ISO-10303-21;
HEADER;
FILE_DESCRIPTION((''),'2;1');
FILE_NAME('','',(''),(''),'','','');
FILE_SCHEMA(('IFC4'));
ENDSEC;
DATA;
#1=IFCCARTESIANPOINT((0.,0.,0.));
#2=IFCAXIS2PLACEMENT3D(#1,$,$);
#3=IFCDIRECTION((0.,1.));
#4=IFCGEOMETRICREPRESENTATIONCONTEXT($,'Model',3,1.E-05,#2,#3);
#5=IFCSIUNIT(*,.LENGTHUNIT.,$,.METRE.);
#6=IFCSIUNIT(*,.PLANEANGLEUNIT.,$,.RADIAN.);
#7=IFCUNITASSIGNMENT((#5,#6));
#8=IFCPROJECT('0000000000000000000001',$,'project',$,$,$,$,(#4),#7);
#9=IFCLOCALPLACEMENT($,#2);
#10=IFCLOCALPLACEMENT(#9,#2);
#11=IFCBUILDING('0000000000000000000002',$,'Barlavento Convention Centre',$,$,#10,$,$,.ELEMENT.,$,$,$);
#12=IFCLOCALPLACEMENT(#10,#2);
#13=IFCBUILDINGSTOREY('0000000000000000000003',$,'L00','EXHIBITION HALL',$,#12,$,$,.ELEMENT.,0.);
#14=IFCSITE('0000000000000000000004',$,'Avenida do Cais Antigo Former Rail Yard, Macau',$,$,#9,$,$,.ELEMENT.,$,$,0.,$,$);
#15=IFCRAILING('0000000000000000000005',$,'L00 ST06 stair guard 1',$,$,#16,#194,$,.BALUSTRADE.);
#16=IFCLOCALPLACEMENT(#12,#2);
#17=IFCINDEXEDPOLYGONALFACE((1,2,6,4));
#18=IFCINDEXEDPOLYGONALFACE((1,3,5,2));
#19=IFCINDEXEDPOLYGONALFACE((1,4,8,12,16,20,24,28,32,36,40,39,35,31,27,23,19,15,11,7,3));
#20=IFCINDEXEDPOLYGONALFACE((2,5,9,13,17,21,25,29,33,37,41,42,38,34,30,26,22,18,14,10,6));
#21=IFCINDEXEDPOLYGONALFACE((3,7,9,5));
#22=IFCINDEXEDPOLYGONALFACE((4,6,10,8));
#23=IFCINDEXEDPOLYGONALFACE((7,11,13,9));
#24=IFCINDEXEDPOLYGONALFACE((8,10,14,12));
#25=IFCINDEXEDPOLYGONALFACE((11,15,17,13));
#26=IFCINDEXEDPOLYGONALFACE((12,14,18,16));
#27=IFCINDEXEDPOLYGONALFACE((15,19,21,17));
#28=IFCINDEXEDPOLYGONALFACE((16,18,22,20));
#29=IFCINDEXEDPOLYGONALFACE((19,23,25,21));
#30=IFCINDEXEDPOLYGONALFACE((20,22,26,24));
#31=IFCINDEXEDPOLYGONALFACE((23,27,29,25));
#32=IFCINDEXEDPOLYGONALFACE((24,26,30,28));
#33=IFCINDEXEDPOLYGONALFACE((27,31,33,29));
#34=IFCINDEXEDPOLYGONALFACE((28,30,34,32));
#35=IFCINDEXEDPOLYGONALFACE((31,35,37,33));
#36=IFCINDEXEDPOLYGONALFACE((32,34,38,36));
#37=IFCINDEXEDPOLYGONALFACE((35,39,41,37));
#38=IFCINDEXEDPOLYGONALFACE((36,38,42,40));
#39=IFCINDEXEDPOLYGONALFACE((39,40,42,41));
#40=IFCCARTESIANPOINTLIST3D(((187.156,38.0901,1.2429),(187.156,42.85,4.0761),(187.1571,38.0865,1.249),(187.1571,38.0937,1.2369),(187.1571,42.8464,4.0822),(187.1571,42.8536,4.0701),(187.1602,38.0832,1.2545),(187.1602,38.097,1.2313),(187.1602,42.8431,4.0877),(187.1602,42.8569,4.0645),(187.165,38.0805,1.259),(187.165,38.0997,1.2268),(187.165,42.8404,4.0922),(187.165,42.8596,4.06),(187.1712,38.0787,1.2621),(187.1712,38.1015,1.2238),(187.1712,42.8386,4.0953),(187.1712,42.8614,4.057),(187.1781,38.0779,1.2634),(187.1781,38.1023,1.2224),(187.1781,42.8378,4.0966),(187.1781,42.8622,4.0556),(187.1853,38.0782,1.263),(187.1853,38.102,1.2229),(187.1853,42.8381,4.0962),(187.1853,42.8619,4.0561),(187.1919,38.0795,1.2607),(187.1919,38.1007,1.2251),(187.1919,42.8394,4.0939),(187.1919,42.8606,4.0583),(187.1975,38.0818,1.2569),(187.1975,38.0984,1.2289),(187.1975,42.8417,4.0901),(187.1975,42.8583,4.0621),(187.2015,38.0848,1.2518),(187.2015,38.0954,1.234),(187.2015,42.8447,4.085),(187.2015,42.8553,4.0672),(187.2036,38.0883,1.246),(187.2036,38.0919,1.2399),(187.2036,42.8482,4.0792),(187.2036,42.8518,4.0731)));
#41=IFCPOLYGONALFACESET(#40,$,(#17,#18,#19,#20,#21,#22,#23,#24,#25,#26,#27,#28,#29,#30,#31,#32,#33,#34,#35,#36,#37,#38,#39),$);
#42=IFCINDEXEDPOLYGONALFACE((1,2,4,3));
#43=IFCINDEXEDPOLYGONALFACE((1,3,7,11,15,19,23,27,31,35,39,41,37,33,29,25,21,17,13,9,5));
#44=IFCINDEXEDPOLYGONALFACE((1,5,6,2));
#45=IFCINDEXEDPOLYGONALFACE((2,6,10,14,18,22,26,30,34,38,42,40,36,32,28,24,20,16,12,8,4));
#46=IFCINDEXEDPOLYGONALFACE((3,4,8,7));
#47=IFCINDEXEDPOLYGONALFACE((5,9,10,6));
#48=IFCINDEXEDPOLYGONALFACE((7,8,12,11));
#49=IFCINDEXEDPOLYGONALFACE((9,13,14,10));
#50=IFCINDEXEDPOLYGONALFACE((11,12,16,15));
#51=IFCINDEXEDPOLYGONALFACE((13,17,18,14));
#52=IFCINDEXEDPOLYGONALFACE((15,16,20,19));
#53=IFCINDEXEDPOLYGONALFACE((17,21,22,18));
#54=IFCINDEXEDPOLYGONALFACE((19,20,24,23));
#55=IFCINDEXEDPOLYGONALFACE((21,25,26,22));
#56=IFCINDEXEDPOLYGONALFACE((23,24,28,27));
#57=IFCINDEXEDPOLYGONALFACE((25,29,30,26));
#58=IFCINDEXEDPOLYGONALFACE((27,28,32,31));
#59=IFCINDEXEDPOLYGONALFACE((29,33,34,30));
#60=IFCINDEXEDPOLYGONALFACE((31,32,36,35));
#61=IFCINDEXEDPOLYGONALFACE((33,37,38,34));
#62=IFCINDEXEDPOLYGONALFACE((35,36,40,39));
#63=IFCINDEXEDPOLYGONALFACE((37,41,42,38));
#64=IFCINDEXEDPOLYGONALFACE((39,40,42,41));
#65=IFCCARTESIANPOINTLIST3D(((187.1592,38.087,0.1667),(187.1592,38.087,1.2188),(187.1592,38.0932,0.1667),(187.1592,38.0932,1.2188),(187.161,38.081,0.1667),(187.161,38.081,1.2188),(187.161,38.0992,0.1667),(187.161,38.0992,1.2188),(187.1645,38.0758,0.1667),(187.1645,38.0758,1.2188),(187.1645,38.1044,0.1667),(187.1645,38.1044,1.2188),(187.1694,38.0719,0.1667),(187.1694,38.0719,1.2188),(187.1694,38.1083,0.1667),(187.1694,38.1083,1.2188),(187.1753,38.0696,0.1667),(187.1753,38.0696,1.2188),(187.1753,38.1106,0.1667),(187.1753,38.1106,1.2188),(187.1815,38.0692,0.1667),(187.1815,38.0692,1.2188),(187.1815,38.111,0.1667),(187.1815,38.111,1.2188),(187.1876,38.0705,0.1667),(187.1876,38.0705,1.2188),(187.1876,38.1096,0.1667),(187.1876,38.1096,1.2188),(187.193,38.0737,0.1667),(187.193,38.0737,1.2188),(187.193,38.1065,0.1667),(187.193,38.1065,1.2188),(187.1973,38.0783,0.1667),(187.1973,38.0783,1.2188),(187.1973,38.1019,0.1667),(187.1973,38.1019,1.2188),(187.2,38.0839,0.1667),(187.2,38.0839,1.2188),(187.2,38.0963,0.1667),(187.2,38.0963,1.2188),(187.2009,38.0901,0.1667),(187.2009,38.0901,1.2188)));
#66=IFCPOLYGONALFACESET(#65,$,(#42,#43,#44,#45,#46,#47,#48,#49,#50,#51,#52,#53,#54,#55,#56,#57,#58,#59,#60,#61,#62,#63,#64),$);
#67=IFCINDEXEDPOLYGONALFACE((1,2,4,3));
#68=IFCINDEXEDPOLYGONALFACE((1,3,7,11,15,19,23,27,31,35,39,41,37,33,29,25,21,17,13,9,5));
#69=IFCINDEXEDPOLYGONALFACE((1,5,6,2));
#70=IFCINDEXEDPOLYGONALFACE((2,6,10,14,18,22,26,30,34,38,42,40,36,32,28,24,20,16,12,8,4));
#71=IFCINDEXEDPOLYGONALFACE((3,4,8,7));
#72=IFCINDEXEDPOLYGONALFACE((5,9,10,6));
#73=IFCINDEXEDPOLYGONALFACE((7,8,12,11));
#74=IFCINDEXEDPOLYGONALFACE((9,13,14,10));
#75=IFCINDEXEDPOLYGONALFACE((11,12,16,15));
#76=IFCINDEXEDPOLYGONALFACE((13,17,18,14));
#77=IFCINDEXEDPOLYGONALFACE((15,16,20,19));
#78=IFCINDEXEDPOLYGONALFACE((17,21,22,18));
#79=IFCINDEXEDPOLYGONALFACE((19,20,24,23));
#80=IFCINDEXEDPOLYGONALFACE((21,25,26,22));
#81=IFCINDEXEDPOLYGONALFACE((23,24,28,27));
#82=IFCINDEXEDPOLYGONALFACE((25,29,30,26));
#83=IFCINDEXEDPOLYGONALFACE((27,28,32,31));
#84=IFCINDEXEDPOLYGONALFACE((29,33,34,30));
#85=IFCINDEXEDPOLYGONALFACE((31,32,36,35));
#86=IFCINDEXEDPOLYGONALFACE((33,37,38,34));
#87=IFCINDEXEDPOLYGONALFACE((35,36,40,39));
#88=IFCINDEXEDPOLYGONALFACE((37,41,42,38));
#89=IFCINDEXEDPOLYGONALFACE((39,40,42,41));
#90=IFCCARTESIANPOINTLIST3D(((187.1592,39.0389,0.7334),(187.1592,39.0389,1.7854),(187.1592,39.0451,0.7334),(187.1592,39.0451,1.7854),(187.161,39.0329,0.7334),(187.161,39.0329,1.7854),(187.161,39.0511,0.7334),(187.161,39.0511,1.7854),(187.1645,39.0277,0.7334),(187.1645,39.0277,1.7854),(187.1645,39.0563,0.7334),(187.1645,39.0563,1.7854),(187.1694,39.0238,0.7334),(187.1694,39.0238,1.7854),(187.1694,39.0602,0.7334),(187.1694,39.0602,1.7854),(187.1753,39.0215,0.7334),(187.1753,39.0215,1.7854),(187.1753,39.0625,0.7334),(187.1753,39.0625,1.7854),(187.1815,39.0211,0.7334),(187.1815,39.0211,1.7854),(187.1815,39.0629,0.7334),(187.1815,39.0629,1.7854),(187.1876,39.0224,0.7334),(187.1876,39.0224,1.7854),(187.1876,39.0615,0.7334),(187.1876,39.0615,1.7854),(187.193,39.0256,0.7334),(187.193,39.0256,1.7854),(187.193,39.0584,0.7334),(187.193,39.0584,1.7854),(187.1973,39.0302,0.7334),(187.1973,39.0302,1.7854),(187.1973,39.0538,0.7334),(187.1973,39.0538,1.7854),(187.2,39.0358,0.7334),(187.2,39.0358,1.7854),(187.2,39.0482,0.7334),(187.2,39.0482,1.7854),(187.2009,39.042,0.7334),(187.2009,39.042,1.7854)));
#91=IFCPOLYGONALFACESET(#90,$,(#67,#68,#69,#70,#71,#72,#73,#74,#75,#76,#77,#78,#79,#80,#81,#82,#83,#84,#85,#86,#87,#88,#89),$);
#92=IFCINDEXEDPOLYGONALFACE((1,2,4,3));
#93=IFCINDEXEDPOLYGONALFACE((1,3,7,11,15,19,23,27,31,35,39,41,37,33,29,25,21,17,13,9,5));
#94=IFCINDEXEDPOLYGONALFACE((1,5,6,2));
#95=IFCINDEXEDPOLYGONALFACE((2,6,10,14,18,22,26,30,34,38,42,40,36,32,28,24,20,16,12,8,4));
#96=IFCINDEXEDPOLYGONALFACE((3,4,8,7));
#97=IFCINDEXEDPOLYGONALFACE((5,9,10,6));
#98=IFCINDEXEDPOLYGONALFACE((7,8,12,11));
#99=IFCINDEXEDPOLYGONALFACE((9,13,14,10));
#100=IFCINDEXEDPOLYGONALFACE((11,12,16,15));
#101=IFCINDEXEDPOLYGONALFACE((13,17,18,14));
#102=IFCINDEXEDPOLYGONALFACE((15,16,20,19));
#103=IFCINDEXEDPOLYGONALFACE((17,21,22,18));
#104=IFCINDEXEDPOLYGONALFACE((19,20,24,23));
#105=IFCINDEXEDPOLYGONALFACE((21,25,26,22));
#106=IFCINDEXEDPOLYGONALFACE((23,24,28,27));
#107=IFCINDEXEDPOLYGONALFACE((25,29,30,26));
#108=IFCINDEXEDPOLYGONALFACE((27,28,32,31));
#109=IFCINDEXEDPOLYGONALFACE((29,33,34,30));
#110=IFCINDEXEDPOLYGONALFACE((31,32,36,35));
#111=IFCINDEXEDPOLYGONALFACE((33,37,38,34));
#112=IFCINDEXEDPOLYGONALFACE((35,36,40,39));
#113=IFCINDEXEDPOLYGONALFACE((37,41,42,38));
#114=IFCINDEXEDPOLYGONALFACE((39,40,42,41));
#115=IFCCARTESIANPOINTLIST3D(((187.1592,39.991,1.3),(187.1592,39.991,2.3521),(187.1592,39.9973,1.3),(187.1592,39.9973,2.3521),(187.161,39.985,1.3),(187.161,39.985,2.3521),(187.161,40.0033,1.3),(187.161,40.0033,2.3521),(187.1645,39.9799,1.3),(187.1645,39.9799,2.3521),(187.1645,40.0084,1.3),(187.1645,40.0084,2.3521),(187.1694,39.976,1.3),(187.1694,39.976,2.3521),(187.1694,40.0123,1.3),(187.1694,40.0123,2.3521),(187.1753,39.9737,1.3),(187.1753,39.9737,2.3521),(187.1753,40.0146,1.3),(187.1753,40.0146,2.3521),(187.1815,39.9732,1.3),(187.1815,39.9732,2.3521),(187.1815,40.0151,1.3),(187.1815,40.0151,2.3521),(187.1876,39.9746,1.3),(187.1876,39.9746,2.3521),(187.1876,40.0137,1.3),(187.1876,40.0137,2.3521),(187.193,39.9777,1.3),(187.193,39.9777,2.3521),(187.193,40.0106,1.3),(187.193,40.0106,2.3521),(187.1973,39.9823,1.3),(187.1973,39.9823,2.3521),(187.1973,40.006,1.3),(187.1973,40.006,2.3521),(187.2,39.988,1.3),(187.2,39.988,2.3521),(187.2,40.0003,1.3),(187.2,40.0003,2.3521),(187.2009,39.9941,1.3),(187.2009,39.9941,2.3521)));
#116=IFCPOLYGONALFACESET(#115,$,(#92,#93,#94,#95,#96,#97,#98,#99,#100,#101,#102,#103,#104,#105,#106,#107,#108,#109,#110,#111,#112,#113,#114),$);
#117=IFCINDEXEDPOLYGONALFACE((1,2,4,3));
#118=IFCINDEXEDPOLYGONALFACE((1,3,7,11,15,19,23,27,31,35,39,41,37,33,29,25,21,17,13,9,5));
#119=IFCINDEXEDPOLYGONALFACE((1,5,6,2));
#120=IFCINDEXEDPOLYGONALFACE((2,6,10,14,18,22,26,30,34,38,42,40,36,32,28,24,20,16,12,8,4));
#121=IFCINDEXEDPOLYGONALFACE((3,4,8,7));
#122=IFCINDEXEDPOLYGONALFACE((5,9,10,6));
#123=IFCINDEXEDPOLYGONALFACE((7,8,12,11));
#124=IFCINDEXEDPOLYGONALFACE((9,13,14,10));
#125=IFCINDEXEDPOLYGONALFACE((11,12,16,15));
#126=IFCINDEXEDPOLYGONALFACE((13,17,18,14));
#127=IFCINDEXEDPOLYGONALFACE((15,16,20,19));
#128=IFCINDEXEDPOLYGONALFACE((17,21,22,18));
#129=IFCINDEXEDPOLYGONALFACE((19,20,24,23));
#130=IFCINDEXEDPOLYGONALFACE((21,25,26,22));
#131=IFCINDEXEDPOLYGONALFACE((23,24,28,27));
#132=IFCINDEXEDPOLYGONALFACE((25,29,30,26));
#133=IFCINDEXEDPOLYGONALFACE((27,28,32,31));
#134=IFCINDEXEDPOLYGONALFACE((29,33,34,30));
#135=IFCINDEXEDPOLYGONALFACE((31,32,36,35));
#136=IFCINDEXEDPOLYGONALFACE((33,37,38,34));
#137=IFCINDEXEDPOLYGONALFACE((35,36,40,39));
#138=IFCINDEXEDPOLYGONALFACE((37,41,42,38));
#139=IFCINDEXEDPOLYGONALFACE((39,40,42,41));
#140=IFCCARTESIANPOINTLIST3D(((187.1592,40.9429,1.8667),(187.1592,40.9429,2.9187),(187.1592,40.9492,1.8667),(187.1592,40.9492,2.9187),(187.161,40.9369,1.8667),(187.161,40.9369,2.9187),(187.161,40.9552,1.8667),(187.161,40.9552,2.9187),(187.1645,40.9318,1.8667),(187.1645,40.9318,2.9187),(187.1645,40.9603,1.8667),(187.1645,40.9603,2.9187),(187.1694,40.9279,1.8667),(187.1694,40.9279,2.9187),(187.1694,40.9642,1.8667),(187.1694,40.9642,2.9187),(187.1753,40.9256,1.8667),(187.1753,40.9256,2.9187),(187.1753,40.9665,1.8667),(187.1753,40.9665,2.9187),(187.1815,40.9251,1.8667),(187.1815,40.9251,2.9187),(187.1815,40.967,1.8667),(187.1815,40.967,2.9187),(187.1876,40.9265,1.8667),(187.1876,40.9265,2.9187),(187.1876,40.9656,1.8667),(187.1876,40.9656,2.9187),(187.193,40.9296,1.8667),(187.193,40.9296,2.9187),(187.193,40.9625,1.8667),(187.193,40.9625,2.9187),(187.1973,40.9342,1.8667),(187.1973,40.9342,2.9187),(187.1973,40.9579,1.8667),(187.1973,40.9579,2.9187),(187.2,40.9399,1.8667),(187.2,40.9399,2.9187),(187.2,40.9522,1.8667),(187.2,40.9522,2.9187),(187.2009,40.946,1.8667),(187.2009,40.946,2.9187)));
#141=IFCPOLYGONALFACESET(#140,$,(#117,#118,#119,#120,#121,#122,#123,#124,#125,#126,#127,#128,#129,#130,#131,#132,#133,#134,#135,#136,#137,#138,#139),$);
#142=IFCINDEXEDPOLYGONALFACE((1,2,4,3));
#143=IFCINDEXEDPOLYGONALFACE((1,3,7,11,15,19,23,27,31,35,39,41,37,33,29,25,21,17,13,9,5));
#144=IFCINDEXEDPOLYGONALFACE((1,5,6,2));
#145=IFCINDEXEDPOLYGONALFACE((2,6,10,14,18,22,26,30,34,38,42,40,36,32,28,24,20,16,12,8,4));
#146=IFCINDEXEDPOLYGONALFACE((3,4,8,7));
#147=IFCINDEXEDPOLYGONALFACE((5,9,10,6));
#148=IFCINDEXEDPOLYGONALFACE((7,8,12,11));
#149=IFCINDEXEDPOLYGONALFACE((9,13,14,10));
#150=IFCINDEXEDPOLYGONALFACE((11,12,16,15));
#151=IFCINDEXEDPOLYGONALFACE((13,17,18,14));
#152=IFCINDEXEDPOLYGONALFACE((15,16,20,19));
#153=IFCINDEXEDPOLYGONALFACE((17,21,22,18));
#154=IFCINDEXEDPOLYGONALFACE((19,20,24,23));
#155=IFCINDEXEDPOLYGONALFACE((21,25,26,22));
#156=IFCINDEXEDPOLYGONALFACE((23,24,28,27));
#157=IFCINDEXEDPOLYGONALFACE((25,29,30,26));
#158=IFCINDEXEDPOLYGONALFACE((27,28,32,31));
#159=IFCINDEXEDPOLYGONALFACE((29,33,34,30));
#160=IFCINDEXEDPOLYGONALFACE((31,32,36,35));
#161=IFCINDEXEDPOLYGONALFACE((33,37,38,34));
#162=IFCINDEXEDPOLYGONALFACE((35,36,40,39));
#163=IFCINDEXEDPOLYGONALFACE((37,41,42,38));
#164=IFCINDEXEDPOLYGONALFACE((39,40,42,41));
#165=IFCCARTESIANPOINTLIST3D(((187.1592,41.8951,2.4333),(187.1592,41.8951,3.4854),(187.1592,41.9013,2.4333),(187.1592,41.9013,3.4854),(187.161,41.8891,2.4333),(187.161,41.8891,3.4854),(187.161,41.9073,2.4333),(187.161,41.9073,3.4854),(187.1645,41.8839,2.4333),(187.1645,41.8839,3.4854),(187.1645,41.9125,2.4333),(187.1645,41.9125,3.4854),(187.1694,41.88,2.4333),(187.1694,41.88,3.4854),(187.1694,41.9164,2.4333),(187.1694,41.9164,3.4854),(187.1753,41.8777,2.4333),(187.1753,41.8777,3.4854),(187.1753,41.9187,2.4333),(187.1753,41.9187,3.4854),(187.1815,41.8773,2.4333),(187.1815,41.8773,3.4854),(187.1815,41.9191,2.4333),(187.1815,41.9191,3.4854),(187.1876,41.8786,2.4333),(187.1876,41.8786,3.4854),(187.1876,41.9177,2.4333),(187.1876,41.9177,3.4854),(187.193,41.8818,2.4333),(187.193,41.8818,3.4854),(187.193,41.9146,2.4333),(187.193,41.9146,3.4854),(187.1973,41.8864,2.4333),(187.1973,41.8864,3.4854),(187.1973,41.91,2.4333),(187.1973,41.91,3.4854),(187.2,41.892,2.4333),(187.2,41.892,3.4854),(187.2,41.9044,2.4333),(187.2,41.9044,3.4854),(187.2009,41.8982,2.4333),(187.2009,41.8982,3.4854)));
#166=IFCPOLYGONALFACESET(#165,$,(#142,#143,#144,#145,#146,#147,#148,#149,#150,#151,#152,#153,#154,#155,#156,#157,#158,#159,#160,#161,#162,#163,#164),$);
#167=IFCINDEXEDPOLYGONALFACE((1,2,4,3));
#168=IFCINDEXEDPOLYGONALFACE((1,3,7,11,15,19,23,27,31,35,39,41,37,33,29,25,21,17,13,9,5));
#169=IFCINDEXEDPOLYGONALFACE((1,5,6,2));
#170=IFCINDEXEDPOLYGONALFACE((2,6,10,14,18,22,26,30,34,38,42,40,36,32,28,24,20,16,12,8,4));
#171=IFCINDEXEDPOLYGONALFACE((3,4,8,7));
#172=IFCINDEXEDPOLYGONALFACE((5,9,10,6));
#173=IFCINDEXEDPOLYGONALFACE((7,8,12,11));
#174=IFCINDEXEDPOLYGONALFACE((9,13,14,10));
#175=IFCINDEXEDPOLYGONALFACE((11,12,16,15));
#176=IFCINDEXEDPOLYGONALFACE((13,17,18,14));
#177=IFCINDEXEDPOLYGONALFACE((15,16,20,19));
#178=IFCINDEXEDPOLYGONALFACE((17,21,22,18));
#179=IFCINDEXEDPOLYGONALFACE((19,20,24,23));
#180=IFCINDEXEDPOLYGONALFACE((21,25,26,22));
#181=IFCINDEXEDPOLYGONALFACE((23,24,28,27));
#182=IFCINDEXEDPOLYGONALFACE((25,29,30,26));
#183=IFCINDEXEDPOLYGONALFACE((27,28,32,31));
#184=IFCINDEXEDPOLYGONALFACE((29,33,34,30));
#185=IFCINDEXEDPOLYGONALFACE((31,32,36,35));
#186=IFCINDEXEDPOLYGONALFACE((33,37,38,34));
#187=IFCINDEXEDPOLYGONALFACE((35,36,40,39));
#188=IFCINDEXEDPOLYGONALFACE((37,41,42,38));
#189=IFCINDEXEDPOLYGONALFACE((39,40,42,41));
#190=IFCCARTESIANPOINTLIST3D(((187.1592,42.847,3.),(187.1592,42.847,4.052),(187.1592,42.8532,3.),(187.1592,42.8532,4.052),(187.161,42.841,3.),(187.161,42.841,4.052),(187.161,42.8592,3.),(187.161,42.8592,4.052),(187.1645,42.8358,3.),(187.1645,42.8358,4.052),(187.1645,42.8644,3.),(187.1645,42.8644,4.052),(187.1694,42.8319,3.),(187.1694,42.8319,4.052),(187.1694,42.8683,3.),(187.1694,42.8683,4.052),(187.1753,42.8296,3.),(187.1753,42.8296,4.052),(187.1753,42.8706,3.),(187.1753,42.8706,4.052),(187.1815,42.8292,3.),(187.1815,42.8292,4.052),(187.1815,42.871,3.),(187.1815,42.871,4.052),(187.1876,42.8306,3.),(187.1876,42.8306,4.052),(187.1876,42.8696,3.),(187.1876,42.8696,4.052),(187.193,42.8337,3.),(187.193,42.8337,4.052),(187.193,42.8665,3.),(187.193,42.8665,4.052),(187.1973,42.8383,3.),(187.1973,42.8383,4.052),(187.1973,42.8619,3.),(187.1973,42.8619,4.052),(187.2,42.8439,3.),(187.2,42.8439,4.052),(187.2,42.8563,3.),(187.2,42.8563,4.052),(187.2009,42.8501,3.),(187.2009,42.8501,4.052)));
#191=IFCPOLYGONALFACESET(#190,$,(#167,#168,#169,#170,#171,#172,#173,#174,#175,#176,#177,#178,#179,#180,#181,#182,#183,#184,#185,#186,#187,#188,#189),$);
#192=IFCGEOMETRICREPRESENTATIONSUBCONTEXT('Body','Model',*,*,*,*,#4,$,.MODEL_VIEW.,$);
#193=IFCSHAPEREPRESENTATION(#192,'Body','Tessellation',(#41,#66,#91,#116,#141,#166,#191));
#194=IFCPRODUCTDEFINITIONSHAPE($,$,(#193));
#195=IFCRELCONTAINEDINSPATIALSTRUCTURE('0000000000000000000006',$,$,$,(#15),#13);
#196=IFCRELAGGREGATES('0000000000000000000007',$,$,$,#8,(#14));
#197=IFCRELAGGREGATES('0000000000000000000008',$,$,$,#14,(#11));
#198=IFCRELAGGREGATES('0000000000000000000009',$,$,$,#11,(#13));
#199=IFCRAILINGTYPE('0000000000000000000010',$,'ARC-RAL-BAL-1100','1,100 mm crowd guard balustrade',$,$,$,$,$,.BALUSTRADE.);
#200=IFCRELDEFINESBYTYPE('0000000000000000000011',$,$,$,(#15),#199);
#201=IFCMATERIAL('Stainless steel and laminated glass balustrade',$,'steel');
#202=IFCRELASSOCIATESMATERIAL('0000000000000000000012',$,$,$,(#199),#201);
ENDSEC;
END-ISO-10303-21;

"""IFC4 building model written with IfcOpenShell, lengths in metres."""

from ifc_helpers import new_model, si_unit, direction, frame, origin, origin_2d, place, context, subcontext, project, spatial, circle, extrude, material, type_object, element, save


model = new_model("IFC4")

# Units and contexts
model_context = context("Model", 3, precision=1e-05, world=origin(), true_north=direction((0.0, 1.0)))
body_context = subcontext(model_context, "Body", "Model", "MODEL_VIEW")
ifc_project = project(units=[si_unit("LENGTHUNIT", "METRE"), si_unit("PLANEANGLEUNIT", "RADIAN")], contexts=[model_context])

# Site, building, storey
site_placement = place(None, origin())
site = spatial("IfcSite", under=ifc_project, at=site_placement, Name="Avenida do Cais Antigo Former Rail Yard, Macau", CompositionType="ELEMENT", RefElevation=0.0)
building_placement = place(site_placement, origin())
building = spatial("IfcBuilding", under=site, at=building_placement, Name="Barlavento Convention Centre", CompositionType="ELEMENT")
storey_placement = place(building_placement, origin())
storey = spatial("IfcBuildingStorey", under=building, at=storey_placement, Name="L00", Description="EXHIBITION HALL", CompositionType="ELEMENT", Elevation=0.0)

# Railing
ifc_material_1 = material(Name="Stainless steel and laminated glass balustrade", Category="steel")
railing_type_1 = type_object("IfcRailingType", Name="ARC-RAL-BAL-1100", Description="1,100 mm crowd guard balustrade", PredefinedType="BALUSTRADE", material=ifc_material_1)
railing_1_placement = place(storey_placement, frame((187.1799, 38.0901, 0.1667)))
element("IfcRailing", 1, at=railing_1_placement, inside=storey, type_object=railing_type_1, Name="L00 ST06 stair guard 1", PredefinedType="BALUSTRADE", context=body_context, shape_type="SweptSolid", body=[
    extrude(circle(Radius=0.0239, at=origin_2d()), frame((0.0, 0.0, 1.0762), z_axis=(0.0, 0.8593, 0.511472), x_axis=(-1.0, 0.0, 0.0)), (0.0, 0.0, 1.0), 5.5393),
    extrude(circle(Radius=0.021, at=origin_2d()), origin(), (0.0, 0.0, 1.0), 1.052),
    extrude(circle(Radius=0.021, at=origin_2d()), frame((0.0, 0.9519, 0.5667)), (0.0, 0.0, 1.0), 1.052),
    extrude(circle(Radius=0.021, at=origin_2d()), frame((0.0, 1.9041, 1.1333)), (0.0, 0.0, 1.0), 1.052),
    extrude(circle(Radius=0.021, at=origin_2d()), frame((0.0, 2.856, 1.7)), (0.0, 0.0, 1.0), 1.052),
    extrude(circle(Radius=0.021, at=origin_2d()), frame((0.0, 3.8081, 2.2666)), (0.0, 0.0, 1.0), 1.052),
    extrude(circle(Radius=0.021, at=origin_2d()), frame((0.0, 4.76, 2.8333)), (0.0, 0.0, 1.0), 1.052),
])

save(model, "model.ifc")
